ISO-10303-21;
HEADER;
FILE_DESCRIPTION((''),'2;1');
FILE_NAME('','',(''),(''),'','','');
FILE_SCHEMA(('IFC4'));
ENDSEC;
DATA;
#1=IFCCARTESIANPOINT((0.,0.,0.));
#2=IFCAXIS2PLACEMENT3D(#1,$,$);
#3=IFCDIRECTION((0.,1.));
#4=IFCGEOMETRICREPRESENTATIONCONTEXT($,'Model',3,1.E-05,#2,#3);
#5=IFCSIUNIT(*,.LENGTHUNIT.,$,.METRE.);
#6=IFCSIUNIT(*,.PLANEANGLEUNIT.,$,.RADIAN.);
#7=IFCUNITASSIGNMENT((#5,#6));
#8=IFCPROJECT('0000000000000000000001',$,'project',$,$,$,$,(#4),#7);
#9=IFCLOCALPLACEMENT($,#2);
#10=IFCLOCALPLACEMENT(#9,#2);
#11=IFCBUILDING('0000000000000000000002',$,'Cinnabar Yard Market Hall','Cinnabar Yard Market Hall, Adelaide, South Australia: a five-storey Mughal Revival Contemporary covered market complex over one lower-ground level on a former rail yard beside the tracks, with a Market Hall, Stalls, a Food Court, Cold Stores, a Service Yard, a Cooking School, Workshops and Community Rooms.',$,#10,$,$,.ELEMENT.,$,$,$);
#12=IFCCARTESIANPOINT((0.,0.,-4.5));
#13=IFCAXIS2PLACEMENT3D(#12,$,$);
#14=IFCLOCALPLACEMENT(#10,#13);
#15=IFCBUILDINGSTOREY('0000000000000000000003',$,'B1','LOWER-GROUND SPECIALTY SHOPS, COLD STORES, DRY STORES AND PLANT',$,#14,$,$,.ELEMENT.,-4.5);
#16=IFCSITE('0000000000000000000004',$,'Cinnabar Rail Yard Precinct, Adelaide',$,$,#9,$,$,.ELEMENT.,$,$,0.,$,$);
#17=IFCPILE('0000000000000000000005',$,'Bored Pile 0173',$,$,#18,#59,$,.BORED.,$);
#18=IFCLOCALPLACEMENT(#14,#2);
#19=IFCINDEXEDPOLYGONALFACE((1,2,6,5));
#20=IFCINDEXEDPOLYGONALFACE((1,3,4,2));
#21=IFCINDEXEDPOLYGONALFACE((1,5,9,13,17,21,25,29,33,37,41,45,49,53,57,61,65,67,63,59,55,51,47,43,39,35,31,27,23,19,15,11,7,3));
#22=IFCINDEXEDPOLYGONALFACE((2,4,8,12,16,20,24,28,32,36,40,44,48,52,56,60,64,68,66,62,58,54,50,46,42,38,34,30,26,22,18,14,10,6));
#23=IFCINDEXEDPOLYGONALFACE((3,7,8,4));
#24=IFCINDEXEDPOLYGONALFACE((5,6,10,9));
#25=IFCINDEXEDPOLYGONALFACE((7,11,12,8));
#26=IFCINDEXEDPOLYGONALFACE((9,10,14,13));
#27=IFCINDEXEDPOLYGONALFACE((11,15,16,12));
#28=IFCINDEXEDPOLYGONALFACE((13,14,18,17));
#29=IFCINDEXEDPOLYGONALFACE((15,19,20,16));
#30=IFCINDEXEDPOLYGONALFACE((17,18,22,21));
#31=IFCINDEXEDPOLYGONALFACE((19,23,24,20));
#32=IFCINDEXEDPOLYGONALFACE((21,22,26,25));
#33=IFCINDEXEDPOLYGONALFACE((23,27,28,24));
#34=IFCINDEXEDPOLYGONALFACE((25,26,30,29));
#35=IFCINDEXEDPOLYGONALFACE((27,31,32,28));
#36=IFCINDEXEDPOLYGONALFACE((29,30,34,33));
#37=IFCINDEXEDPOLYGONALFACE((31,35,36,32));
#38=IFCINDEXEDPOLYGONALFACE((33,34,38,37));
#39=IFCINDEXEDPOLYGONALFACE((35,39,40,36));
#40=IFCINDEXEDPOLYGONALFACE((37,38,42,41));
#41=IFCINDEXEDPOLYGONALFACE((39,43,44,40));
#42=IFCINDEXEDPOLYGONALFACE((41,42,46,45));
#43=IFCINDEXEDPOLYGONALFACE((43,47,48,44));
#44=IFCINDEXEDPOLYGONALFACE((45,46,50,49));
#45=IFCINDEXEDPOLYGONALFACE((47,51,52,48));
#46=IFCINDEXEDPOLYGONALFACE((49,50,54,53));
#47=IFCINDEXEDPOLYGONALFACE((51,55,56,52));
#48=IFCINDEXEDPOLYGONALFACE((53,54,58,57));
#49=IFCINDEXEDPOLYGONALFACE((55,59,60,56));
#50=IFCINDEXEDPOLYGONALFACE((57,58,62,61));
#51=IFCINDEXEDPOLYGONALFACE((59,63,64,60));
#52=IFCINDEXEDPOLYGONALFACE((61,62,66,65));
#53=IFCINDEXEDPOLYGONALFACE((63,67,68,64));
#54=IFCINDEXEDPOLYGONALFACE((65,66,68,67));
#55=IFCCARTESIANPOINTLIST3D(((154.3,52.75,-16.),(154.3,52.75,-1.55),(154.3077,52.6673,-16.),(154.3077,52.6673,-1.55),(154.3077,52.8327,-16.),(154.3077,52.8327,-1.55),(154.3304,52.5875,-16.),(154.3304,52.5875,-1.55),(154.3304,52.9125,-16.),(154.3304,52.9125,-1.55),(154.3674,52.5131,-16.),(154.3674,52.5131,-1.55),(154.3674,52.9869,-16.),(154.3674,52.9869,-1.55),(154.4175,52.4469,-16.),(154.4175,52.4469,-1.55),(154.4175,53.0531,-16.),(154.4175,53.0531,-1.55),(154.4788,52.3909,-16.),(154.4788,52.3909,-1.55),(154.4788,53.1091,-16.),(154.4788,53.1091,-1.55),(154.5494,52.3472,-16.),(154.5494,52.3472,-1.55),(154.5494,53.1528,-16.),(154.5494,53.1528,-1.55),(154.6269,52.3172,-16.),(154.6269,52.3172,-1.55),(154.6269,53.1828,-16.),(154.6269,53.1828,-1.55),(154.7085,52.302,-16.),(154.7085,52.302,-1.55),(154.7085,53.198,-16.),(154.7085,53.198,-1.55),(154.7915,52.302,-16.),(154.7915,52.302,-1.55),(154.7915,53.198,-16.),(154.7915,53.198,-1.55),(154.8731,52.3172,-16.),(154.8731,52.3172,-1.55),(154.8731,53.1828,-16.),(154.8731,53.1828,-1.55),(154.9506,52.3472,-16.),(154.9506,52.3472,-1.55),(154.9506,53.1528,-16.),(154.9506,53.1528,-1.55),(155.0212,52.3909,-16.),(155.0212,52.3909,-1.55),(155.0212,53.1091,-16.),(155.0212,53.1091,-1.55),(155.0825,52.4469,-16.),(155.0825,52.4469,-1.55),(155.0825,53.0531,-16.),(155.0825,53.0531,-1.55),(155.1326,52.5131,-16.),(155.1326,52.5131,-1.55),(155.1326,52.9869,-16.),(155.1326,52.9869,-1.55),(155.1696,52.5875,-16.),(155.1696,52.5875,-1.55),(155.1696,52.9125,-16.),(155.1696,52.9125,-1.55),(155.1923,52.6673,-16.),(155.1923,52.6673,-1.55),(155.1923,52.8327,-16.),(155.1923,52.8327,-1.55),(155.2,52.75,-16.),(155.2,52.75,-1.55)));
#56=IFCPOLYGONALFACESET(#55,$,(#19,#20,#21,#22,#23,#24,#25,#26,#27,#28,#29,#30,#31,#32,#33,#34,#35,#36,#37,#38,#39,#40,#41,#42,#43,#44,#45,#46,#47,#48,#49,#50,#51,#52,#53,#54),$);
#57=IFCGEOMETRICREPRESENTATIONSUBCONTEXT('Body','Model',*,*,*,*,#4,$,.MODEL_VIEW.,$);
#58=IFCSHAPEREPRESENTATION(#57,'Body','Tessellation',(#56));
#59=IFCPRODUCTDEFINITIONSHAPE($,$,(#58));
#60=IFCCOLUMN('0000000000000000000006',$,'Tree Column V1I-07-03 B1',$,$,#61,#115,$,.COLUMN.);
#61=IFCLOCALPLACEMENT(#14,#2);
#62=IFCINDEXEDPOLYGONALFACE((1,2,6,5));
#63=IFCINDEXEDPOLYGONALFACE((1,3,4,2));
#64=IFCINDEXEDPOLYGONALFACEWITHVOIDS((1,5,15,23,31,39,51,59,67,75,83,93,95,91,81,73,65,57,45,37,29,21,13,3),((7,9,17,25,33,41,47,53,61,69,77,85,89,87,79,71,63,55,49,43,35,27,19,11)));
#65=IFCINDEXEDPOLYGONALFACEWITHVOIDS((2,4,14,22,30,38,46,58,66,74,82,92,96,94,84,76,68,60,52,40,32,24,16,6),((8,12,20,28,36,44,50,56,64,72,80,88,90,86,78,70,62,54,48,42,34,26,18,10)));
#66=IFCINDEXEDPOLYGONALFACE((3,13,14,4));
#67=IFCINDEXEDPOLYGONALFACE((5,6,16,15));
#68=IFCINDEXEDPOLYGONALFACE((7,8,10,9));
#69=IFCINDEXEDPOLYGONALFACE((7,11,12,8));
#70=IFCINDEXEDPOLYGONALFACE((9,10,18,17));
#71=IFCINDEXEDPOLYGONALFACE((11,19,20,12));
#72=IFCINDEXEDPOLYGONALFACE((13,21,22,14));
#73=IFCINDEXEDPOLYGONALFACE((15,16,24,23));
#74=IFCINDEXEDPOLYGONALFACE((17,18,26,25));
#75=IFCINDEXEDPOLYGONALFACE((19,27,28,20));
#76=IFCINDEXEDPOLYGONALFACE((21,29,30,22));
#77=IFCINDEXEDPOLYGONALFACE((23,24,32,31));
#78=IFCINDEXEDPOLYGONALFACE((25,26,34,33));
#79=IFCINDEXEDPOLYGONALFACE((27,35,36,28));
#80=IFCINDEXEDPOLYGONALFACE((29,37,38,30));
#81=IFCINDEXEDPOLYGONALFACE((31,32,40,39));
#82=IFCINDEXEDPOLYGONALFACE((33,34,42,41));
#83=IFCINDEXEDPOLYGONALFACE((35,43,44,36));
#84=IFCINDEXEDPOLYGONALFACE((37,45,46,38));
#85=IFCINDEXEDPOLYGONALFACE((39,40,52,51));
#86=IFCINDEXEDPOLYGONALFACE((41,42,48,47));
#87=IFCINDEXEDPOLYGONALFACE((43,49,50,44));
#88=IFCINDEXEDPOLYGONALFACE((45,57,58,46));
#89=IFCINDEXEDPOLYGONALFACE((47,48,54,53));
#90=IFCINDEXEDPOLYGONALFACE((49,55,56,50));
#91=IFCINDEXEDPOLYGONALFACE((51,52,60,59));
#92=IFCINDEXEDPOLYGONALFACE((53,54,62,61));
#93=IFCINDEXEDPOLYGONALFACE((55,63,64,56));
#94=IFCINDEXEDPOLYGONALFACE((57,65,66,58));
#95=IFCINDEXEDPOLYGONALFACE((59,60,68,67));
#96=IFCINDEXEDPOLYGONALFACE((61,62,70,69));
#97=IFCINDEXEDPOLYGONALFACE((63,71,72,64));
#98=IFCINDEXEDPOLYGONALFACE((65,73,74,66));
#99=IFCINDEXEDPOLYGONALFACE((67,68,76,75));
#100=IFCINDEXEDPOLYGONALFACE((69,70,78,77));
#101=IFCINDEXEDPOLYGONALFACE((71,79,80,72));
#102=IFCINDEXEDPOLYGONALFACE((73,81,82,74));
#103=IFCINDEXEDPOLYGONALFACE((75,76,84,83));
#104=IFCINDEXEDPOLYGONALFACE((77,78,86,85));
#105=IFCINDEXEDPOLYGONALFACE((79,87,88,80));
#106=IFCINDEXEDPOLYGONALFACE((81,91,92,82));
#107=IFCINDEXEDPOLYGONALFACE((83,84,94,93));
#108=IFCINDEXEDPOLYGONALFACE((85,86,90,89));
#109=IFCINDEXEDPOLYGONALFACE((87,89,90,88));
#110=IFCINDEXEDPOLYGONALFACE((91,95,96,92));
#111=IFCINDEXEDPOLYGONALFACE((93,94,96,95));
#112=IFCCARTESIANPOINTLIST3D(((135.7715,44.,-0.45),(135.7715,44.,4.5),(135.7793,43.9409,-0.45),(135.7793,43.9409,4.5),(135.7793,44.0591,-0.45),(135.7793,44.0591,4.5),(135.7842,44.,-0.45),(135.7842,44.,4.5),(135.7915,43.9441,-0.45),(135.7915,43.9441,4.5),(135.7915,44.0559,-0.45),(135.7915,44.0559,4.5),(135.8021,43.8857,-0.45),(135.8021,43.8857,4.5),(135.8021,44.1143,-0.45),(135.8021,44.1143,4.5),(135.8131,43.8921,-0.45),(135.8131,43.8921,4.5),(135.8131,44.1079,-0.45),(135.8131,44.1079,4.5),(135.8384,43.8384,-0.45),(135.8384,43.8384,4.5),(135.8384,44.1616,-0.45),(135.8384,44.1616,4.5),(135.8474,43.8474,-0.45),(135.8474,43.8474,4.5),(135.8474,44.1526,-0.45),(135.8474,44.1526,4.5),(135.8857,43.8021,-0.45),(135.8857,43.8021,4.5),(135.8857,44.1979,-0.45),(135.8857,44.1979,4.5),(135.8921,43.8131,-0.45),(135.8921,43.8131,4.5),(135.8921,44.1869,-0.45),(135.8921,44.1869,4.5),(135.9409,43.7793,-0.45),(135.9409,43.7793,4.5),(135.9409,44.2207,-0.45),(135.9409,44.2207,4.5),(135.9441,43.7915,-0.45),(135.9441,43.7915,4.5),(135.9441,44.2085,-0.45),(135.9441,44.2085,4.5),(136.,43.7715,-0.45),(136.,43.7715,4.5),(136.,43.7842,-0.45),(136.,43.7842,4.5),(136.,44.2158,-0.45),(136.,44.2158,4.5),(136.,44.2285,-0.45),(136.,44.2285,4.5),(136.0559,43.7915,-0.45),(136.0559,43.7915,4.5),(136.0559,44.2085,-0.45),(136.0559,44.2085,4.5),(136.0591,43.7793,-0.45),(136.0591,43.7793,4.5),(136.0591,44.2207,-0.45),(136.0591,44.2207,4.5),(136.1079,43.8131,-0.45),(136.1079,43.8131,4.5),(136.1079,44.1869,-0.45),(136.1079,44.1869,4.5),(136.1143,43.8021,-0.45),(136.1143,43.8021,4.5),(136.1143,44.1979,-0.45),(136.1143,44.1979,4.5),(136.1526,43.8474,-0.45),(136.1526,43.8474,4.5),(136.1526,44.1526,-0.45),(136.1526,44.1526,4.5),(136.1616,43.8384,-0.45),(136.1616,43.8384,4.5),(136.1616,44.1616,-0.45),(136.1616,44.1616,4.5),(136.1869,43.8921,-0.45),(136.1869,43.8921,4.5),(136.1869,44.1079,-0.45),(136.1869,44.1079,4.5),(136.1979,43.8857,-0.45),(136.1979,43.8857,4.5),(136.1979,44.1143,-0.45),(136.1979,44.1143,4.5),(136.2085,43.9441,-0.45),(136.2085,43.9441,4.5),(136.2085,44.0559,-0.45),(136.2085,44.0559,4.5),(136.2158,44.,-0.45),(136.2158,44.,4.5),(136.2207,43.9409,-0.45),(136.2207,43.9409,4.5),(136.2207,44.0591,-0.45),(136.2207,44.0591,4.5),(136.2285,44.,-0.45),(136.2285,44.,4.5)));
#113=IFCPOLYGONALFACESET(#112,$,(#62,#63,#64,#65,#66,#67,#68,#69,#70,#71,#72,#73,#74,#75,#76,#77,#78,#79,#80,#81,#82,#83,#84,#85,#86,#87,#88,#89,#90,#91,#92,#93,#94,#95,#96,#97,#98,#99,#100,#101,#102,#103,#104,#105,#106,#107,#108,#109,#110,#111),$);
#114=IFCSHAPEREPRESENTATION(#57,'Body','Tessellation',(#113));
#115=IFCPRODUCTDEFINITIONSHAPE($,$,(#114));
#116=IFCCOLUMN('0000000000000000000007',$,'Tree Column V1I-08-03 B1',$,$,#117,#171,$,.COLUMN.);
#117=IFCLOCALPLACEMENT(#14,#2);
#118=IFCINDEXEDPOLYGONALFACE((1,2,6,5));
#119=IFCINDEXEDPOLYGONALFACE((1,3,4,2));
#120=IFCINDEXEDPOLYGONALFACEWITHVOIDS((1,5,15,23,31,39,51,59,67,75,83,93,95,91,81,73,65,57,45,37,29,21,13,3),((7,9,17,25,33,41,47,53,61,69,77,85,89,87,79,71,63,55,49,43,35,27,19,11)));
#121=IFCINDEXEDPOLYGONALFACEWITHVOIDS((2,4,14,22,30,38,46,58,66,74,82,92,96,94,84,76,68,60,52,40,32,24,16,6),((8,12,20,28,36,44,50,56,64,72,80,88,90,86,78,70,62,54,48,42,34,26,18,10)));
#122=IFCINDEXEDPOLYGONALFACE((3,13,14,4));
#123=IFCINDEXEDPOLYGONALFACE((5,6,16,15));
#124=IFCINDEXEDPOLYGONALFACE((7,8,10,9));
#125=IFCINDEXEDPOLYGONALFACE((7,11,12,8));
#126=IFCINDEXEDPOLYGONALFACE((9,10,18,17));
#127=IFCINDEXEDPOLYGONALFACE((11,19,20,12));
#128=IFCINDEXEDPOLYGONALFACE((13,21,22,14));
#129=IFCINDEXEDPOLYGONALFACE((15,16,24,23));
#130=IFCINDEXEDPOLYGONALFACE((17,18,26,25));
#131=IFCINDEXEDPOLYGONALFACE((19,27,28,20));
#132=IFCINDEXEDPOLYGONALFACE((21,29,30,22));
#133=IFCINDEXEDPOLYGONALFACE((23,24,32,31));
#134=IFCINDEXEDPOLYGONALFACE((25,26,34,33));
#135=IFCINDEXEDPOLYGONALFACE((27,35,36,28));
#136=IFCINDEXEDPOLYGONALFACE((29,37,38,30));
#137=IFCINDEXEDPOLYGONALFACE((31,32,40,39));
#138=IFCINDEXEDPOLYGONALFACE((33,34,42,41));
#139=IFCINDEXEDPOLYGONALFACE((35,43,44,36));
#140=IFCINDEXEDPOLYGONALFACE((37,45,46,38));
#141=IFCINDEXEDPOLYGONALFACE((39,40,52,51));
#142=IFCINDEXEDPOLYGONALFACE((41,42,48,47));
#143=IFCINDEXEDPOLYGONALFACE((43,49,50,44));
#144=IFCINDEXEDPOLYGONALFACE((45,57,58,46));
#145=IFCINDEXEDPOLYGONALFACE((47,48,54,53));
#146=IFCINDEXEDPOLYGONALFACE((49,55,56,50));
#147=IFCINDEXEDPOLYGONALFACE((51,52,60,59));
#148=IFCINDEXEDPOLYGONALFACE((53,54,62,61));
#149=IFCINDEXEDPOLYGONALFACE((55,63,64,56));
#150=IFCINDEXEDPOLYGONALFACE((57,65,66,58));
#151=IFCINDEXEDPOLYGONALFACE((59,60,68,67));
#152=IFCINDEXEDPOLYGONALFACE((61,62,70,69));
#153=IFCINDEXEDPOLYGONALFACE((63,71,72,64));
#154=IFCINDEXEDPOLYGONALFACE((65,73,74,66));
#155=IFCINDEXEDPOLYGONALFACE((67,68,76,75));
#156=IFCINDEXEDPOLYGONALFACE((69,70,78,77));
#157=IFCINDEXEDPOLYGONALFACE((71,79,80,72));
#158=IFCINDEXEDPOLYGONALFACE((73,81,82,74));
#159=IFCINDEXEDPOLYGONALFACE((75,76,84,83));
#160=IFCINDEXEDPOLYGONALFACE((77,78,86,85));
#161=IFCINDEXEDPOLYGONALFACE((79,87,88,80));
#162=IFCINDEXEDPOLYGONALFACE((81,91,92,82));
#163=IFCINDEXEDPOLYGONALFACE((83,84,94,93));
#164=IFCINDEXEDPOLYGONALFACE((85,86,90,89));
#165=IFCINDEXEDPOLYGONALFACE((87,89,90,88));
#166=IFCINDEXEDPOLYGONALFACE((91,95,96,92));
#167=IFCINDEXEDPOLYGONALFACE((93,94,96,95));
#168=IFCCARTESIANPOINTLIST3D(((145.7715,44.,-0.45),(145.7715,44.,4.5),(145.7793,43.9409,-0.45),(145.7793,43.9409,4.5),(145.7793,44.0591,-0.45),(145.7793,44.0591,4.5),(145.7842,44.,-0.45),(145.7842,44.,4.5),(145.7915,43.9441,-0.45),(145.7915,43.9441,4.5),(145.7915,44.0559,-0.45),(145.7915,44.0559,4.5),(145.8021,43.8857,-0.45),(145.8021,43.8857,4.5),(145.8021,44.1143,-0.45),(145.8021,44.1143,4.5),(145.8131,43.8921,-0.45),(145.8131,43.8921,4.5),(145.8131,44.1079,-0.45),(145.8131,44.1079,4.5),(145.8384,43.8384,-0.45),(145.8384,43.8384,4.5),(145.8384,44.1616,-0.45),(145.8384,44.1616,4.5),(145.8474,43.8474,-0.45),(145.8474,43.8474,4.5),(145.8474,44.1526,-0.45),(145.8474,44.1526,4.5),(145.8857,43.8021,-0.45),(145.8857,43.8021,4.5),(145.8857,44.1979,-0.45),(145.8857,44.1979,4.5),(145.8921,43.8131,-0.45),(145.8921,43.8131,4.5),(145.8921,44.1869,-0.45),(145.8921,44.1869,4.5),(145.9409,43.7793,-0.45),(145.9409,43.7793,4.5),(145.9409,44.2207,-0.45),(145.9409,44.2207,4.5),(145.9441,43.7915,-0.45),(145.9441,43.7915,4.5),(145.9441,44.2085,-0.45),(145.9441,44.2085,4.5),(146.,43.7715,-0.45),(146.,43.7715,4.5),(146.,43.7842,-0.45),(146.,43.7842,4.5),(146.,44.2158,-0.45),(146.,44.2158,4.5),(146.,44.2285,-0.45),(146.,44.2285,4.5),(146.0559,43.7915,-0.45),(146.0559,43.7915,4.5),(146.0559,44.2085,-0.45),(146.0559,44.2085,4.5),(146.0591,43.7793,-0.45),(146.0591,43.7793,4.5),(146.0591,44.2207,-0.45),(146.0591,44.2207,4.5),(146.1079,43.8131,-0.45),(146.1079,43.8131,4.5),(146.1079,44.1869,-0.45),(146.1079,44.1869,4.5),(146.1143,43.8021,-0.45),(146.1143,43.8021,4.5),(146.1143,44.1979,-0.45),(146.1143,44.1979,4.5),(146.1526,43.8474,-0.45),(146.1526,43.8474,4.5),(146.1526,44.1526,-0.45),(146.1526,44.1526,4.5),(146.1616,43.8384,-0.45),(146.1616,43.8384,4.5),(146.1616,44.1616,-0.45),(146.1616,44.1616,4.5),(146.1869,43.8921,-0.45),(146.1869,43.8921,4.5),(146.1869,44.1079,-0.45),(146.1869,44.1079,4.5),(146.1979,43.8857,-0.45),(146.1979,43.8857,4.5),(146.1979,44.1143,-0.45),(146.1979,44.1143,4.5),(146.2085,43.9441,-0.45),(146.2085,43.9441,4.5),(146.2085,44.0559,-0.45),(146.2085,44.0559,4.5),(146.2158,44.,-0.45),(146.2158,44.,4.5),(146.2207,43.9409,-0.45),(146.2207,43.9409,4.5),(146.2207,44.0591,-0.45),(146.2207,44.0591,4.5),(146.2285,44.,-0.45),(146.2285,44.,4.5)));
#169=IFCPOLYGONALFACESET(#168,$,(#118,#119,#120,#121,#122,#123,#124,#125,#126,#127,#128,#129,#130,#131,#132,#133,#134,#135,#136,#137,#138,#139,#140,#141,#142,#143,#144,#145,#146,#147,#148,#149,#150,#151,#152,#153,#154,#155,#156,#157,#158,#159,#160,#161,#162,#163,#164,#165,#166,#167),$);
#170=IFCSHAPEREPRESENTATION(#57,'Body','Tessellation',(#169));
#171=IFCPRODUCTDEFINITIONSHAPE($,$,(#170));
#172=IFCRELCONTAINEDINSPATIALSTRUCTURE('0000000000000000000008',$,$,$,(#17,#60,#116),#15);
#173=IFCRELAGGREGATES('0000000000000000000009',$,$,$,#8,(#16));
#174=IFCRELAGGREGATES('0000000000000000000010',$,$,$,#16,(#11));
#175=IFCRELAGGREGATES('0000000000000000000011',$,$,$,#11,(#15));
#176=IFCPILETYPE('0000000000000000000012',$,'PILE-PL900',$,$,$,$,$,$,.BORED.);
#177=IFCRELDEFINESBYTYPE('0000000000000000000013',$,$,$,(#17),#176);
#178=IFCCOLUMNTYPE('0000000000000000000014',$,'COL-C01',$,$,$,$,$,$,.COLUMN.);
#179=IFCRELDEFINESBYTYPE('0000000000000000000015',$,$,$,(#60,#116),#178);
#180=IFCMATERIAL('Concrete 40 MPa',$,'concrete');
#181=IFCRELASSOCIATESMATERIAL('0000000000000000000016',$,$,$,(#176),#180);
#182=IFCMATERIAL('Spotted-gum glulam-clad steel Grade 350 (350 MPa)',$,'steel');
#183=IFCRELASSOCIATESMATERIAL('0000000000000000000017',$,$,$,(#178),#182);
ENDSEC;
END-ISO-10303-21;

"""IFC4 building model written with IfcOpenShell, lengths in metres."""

from ifc_helpers import new_model, si_unit, direction, frame, origin, origin_2d_with_axis, place, context, subcontext, project, spatial, circle, hollow_circle, extrude, material, material_profile, profile_set, type_object, element, save


model = new_model("IFC4")

# Units and contexts
model_context = context("Model", 3, precision=1e-05, world=origin(), true_north=direction((0.0, 1.0)))
body_context = subcontext(model_context, "Body", "Model", "MODEL_VIEW")
ifc_project = project(units=[si_unit("LENGTHUNIT", "METRE"), si_unit("PLANEANGLEUNIT", "RADIAN")], contexts=[model_context])

# Site, building, storey
site_placement = place(None, origin())
site = spatial("IfcSite", under=ifc_project, at=site_placement, Name="Cinnabar Rail Yard Precinct, Adelaide", CompositionType="ELEMENT", RefElevation=0.0)
building_placement = place(site_placement, origin())
building = spatial("IfcBuilding", under=site, at=building_placement, Name="Cinnabar Yard Market Hall", Description="Cinnabar Yard Market Hall, Adelaide, South Australia: a five-storey Mughal Revival Contemporary covered market complex over one lower-ground level on a former rail yard beside the tracks, with a Market Hall, Stalls, a Food Court, Cold Stores, a Service Yard, a Cooking School, Workshops and Community Rooms.", CompositionType="ELEMENT")
storey_placement = place(building_placement, frame((0.0, 0.0, -4.5)))
storey = spatial("IfcBuildingStorey", under=building, at=storey_placement, Name="B1", Description="LOWER-GROUND SPECIALTY SHOPS, COLD STORES, DRY STORES AND PLANT", CompositionType="ELEMENT", Elevation=-4.5)

# Shared definitions
ifc_material_1 = material(Name="Concrete 40 MPa", Category="concrete")

# Pile
ifc_material_profile_1 = material_profile(ifc_material_1, circle(Radius=0.45, at=origin_2d_with_axis()), Name="PILE-D900")
ifc_profile_set_1 = profile_set([ifc_material_profile_1], Name="Concrete 40 MPa")
pile_type = type_object("IfcPileType", Name="PILE-PL900", PredefinedType="BORED", material=ifc_profile_set_1)
pile_1_placement = place(storey_placement, frame((154.75, 52.75, -1.55), z_axis=(0.0, 0.0, -1.0), x_axis=(1.0, 0.0, 0.0)))
element("IfcPile", 1, at=pile_1_placement, inside=storey, type_object=pile_type, Name="Bored Pile 0173", PredefinedType="BORED", context=body_context, shape_type="SweptSolid", body=[
    extrude(circle(Radius=0.45, at=origin_2d_with_axis()), origin(), (0.0, 0.0, 1.0), 14.45),
])

# Columns
ifc_material_2 = material(Name="Spotted-gum glulam-clad steel Grade 350 (350 MPa)", Category="steel")
ifc_material_profile_2 = material_profile(ifc_material_2, hollow_circle(Radius=0.2285, WallThickness=0.0127, at=origin_2d_with_axis()), Name="457.0x12.7CHS")
ifc_profile_set_2 = profile_set([ifc_material_profile_2], Name="Spotted-gum glulam-clad steel Grade 350 (350 MPa)")
column_type = type_object("IfcColumnType", Name="COL-C01", PredefinedType="COLUMN", material=ifc_profile_set_2)
for number, where, z_axis, x_axis, name in (
    (2, (136.0, 44.0, -0.45), (0.0, 0.0, 1.0), (1.0, 0.0, 0.0), "Tree Column V1I-07-03 B1"),
    (3, (146.0, 44.0, -0.45), (0.0, 0.0, 1.0), (1.0, 0.0, 0.0), "Tree Column V1I-08-03 B1"),
):
    element("IfcColumn", number, at=place(storey_placement, frame(where, z_axis=z_axis, x_axis=x_axis)), inside=storey, type_object=column_type, Name=name, PredefinedType="COLUMN", context=body_context, shape_type="SweptSolid", body=[
        extrude(hollow_circle(Radius=0.2285, WallThickness=0.0127, at=origin_2d_with_axis()), origin(), (0.0, 0.0, 1.0), 4.95),
    ])

save(model, "model.ifc")
